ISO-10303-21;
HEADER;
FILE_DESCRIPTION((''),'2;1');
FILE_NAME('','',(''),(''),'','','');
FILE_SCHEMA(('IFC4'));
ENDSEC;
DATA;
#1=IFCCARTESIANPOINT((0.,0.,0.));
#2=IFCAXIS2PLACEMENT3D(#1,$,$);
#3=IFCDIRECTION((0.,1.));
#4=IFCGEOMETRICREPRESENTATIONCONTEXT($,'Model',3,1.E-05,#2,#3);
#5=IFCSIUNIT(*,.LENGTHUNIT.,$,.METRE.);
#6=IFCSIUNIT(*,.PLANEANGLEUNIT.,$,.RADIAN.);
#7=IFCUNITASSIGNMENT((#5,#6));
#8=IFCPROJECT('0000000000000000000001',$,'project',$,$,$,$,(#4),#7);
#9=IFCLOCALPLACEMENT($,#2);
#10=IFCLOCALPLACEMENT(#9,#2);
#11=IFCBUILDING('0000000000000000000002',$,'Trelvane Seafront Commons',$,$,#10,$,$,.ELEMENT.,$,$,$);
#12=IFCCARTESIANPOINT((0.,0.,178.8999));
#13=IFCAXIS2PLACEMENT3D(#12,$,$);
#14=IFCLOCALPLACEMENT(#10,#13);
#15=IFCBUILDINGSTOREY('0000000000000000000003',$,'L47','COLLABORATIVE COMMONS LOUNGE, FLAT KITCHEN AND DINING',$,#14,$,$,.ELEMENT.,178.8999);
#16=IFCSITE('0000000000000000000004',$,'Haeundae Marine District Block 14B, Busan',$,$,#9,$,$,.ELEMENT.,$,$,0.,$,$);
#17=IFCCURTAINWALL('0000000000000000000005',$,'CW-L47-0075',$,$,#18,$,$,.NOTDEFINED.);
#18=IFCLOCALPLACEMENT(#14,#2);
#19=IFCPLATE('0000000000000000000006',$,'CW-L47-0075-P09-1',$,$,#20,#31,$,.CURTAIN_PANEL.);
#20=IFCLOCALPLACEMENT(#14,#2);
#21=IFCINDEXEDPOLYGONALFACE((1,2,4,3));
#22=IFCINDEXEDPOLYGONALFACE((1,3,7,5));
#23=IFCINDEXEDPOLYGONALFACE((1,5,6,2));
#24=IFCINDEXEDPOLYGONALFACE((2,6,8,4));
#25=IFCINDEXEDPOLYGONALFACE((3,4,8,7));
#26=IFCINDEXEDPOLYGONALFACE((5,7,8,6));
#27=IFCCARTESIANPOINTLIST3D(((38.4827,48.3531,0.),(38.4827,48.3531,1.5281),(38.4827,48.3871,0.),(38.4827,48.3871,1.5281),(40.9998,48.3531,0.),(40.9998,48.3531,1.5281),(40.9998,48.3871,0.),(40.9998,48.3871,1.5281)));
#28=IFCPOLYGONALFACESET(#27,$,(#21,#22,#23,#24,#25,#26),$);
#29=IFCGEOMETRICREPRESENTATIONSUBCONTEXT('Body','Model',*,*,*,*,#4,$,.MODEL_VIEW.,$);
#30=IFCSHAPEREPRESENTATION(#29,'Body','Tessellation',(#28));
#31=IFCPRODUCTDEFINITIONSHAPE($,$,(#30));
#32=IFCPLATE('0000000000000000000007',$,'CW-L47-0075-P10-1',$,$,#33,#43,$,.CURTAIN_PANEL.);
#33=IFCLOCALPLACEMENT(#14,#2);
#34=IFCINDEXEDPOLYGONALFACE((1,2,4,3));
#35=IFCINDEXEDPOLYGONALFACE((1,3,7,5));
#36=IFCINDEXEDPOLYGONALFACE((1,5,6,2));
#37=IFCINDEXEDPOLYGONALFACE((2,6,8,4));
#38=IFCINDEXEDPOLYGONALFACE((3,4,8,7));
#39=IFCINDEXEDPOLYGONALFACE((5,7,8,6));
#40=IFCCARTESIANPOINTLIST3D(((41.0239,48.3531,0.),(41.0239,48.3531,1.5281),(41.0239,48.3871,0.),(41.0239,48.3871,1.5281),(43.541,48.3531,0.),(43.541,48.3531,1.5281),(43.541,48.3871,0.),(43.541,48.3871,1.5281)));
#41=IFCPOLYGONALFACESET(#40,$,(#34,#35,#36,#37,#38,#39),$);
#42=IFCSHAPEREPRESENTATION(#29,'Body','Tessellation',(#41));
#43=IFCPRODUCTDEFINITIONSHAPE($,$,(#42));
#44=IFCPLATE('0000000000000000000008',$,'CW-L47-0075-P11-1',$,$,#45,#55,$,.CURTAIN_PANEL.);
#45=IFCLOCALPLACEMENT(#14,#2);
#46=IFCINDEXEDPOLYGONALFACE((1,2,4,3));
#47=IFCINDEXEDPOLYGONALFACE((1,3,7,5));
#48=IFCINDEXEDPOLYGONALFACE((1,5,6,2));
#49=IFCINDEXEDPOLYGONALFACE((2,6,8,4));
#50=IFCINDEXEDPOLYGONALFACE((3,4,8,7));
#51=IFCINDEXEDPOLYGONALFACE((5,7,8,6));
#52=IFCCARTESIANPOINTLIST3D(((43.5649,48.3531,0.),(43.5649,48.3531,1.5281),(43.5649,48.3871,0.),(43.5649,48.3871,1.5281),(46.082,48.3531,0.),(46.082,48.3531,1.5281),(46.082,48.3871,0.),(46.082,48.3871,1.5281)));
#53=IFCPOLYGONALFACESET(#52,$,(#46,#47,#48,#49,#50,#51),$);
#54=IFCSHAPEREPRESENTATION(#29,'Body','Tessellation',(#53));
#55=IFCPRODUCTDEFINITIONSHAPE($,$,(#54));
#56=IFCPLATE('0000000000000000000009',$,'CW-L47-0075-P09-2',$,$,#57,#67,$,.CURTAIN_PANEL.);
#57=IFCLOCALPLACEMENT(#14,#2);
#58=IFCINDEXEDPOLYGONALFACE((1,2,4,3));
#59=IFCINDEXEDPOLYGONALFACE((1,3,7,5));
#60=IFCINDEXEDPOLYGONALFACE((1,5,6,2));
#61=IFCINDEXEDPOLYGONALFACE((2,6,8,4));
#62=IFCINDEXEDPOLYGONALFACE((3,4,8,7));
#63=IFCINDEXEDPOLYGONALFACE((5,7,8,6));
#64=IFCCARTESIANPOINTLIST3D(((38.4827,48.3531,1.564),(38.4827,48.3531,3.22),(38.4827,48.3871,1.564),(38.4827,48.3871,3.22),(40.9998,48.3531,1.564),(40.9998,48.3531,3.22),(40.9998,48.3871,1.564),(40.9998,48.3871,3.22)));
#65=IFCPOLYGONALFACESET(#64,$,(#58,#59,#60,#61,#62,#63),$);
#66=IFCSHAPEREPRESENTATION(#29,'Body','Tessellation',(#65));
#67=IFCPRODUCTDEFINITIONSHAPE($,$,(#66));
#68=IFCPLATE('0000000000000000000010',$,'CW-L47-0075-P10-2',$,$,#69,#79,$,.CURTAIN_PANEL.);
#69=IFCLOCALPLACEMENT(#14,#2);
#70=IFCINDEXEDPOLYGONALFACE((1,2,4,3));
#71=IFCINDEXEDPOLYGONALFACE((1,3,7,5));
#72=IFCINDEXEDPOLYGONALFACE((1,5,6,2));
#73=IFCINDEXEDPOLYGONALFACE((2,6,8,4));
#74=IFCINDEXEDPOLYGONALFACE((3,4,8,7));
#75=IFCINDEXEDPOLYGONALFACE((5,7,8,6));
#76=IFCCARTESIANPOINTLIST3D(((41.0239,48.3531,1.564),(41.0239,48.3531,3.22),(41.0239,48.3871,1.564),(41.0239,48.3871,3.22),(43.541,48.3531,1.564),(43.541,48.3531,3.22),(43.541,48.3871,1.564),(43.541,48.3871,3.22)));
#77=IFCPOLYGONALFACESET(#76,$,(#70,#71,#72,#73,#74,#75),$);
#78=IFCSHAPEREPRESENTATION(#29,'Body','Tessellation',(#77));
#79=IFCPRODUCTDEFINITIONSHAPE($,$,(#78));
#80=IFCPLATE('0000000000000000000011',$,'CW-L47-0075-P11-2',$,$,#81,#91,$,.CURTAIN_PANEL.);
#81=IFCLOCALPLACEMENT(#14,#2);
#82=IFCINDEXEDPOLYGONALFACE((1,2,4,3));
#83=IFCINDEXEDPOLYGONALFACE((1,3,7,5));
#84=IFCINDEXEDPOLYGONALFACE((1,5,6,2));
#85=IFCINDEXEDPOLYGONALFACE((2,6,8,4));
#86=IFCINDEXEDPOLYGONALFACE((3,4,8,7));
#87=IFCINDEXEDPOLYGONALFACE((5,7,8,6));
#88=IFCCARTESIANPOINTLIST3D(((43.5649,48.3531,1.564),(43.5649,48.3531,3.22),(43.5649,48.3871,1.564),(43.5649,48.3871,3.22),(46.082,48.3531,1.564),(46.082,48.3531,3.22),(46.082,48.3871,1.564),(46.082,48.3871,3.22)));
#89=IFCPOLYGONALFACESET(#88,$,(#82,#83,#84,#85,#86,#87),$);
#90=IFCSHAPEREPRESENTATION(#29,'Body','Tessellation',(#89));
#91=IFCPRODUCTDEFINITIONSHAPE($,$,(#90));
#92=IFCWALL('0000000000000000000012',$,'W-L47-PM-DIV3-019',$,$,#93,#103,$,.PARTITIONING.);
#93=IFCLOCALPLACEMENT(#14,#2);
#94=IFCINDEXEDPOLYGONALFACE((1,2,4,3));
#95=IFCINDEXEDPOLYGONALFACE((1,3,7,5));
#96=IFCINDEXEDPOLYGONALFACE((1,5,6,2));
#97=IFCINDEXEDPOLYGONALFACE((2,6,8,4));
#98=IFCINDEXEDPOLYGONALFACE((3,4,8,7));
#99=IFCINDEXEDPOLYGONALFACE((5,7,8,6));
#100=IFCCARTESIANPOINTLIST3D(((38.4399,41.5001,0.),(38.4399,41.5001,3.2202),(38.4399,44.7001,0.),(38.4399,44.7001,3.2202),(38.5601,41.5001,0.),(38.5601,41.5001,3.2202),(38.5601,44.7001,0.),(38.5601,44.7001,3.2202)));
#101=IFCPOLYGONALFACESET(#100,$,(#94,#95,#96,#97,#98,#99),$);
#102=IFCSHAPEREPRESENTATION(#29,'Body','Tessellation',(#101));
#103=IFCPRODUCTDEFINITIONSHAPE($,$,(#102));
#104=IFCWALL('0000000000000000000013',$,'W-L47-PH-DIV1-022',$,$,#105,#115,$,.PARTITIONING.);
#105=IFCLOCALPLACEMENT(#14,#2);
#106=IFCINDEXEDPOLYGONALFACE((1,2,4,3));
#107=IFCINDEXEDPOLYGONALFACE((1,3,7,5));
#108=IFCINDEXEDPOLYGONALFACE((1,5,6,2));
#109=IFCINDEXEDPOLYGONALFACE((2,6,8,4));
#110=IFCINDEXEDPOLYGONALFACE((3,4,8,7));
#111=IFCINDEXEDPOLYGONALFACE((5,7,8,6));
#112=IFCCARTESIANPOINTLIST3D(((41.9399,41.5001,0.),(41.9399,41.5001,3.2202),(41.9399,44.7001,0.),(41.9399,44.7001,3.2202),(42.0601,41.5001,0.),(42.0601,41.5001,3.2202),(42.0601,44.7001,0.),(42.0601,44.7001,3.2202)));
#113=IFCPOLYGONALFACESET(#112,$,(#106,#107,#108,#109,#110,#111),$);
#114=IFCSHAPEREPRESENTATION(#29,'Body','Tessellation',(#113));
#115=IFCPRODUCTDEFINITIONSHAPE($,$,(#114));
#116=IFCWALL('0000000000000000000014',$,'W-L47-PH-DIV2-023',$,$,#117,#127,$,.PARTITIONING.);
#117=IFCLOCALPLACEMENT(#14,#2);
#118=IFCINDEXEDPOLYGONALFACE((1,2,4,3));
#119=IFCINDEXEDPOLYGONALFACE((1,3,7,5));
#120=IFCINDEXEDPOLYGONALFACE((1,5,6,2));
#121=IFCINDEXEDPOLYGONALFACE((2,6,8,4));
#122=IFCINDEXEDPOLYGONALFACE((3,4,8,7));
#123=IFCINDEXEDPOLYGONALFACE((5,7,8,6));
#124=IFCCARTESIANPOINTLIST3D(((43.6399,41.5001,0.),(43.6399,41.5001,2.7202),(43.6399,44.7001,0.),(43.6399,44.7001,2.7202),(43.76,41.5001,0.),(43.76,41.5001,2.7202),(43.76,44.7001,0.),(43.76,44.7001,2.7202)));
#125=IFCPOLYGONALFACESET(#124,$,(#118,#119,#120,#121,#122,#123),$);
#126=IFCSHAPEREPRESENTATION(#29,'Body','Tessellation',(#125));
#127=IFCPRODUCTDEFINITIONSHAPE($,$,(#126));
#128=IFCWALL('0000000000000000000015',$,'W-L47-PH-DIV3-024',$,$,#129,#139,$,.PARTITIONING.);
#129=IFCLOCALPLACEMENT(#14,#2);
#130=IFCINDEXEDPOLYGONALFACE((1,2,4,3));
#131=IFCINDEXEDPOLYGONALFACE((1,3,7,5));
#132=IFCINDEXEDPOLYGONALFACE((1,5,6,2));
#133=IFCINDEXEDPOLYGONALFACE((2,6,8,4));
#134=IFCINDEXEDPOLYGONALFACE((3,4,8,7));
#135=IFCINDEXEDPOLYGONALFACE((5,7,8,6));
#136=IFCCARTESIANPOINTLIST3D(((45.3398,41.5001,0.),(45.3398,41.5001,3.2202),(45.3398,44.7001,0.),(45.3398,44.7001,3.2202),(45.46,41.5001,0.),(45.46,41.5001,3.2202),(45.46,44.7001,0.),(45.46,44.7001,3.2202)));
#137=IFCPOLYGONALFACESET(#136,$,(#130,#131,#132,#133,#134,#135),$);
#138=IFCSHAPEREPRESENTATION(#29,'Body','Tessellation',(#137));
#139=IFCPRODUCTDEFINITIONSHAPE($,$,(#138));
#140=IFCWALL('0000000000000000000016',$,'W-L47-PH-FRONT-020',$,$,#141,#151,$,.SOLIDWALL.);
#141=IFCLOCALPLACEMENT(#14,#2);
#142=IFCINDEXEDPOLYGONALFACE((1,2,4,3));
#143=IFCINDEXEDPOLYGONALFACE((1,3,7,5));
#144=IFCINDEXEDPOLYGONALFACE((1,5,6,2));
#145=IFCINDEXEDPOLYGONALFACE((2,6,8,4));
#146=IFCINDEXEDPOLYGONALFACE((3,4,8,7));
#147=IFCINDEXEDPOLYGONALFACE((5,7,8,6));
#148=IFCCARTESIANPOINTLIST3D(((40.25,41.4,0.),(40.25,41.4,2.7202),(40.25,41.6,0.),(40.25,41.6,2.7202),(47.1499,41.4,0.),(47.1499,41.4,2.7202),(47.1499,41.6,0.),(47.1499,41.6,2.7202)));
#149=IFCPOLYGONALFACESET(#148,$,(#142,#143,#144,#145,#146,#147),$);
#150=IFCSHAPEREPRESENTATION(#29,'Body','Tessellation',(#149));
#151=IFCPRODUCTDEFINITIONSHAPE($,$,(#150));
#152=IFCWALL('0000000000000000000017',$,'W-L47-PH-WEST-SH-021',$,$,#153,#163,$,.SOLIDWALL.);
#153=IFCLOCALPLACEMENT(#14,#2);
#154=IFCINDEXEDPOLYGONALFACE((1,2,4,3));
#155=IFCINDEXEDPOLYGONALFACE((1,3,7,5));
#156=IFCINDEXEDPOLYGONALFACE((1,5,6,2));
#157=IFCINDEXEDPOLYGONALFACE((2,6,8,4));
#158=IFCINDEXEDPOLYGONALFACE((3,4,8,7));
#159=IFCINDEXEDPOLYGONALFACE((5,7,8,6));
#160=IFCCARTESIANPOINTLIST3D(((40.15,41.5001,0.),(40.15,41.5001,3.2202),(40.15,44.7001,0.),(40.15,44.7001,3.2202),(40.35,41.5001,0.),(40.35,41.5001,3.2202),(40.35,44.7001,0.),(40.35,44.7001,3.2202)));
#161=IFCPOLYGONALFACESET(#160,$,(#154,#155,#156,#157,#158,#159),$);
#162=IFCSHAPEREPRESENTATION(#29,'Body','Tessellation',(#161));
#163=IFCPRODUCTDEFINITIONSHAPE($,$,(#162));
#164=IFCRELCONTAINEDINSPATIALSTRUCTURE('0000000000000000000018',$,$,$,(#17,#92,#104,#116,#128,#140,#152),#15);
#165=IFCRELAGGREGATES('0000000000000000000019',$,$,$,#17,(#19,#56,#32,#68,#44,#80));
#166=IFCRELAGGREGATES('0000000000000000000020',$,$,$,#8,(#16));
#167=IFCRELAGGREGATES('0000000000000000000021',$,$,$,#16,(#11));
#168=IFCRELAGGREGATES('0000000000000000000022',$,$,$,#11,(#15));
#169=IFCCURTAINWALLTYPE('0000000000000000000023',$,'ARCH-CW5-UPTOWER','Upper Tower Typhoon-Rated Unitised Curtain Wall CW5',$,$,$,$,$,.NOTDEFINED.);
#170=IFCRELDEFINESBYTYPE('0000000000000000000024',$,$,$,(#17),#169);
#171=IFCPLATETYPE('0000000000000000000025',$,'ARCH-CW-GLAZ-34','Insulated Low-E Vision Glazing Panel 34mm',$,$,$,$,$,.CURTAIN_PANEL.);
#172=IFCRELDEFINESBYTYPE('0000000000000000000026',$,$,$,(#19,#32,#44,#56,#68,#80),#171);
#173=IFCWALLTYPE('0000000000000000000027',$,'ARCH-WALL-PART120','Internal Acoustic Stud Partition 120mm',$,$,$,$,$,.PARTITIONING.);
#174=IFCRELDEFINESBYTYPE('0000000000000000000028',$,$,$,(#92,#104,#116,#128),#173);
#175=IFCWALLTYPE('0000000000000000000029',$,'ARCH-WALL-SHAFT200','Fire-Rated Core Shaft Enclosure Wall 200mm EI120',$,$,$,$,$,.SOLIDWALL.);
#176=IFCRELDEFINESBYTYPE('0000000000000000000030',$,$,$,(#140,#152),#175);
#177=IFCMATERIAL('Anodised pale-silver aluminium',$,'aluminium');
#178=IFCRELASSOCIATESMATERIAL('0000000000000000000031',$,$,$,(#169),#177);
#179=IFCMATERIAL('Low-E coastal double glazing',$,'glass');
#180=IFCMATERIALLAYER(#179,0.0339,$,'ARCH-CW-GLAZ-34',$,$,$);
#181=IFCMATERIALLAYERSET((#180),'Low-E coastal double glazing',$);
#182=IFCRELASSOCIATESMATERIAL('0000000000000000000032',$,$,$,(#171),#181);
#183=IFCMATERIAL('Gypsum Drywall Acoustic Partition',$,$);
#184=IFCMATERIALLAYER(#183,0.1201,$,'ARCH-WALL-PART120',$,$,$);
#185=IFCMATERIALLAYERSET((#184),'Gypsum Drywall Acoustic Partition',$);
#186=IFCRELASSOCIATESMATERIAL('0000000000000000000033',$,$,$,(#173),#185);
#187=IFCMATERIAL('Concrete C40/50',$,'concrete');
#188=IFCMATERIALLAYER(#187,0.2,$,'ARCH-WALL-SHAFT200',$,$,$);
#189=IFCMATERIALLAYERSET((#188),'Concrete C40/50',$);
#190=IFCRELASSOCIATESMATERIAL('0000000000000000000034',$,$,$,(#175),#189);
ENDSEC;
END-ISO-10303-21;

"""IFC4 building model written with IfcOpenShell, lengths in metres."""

from ifc_helpers import new_model, si_unit, direction, frame, frame_2d, origin, origin_2d, place, context, subcontext, project, spatial, rectangle, extrude, source, transform, mapped, material, layer, layer_set, type_object, element, aggregate, save


model = new_model("IFC4")

# Units and contexts
model_context = context("Model", 3, precision=1e-05, world=origin(), true_north=direction((0.0, 1.0)))
body_context = subcontext(model_context, "Body", "Model", "MODEL_VIEW")
ifc_project = project(units=[si_unit("LENGTHUNIT", "METRE"), si_unit("PLANEANGLEUNIT", "RADIAN")], contexts=[model_context])

# Site, building, storey
site_placement = place(None, origin())
site = spatial("IfcSite", under=ifc_project, at=site_placement, Name="Haeundae Marine District Block 14B, Busan", CompositionType="ELEMENT", RefElevation=0.0)
building_placement = place(site_placement, origin())
building = spatial("IfcBuilding", under=site, at=building_placement, Name="Trelvane Seafront Commons", CompositionType="ELEMENT")
storey_placement = place(building_placement, frame((0.0, 0.0, 178.8999)))
storey = spatial("IfcBuildingStorey", under=building, at=storey_placement, Name="L47", Description="COLLABORATIVE COMMONS LOUNGE, FLAT KITCHEN AND DINING", CompositionType="ELEMENT", Elevation=178.8999)

# Curtain wall
ifc_material_1 = material(Name="Anodised pale-silver aluminium", Category="aluminium")
curtain_wall_type = type_object("IfcCurtainWallType", Name="ARCH-CW5-UPTOWER", Description="Upper Tower Typhoon-Rated Unitised Curtain Wall CW5", PredefinedType="NOTDEFINED", material=ifc_material_1)
curtain_wall_placement = place(storey_placement, origin())
curtain_wall = element("IfcCurtainWall", 1, at=curtain_wall_placement, inside=storey, type_object=curtain_wall_type, Name="CW-L47-0075", PredefinedType="NOTDEFINED")

# Plates
ifc_material_2 = material(Name="Low-E coastal double glazing", Category="glass")
ifc_layer_1 = layer(ifc_material_2, 0.0339, Name="ARCH-CW-GLAZ-34")
ifc_layer_set_1 = layer_set([ifc_layer_1], Name="Low-E coastal double glazing")
plate_type_1 = type_object("IfcPlateType", Name="ARCH-CW-GLAZ-34", Description="Insulated Low-E Vision Glazing Panel 34mm", PredefinedType="CURTAIN_PANEL", material=ifc_layer_set_1)
shared_shape_1 = source(origin(), body_context, "Body", "SweptSolid", [
    extrude(rectangle(XDim=2.5171, YDim=0.0339, at=origin_2d()), origin(), (0.0, 0.0, 1.0), 1.5281),
])
plate_1_placement = place(storey_placement, frame((39.7412, 48.3701, 0.0), z_axis=(0.0, 0.0, 1.0), x_axis=(1.0, 0.0, 0.0)))
plate_1 = element("IfcPlate", 2, at=plate_1_placement, type_object=plate_type_1, Name="CW-L47-0075-P09-1", PredefinedType="CURTAIN_PANEL", context=body_context, shape_type="MappedRepresentation", body=[
    mapped(shared_shape_1, transform((0.0, 0.0, 0.0), x_axis=(1.0, 0.0, 0.0), y_axis=(0.0, 1.0, 0.0), z_axis=(0.0, 0.0, 1.0), scale=1.0)),
])
plate_2_placement = place(storey_placement, frame((42.2825, 48.3701, 0.0), z_axis=(0.0, 0.0, 1.0), x_axis=(1.0, 0.0, 0.0)))
plate_2 = element("IfcPlate", 3, at=plate_2_placement, type_object=plate_type_1, Name="CW-L47-0075-P10-1", PredefinedType="CURTAIN_PANEL", context=body_context, shape_type="MappedRepresentation", body=[
    mapped(shared_shape_1, transform((0.0, 0.0, 0.0), x_axis=(1.0, 0.0, 0.0), y_axis=(0.0, 1.0, 0.0), z_axis=(0.0, 0.0, 1.0), scale=1.0)),
])
plate_3_placement = place(storey_placement, frame((44.8235, 48.3701, 0.0), z_axis=(0.0, 0.0, 1.0), x_axis=(1.0, 0.0, 0.0)))
plate_3 = element("IfcPlate", 4, at=plate_3_placement, type_object=plate_type_1, Name="CW-L47-0075-P11-1", PredefinedType="CURTAIN_PANEL", context=body_context, shape_type="MappedRepresentation", body=[
    mapped(shared_shape_1, transform((0.0, 0.0, 0.0), x_axis=(1.0, 0.0, 0.0), y_axis=(0.0, 1.0, 0.0), z_axis=(0.0, 0.0, 1.0), scale=1.0)),
])
shared_shape_2 = source(origin(), body_context, "Body", "SweptSolid", [
    extrude(rectangle(XDim=2.5171, YDim=0.0339, at=origin_2d()), origin(), (0.0, 0.0, 1.0), 1.656),
])
plate_4_placement = place(storey_placement, frame((39.7412, 48.3701, 1.564), z_axis=(0.0, 0.0, 1.0), x_axis=(1.0, 0.0, 0.0)))
plate_4 = element("IfcPlate", 5, at=plate_4_placement, type_object=plate_type_1, Name="CW-L47-0075-P09-2", PredefinedType="CURTAIN_PANEL", context=body_context, shape_type="MappedRepresentation", body=[
    mapped(shared_shape_2, transform((0.0, 0.0, 0.0), x_axis=(1.0, 0.0, 0.0), y_axis=(0.0, 1.0, 0.0), z_axis=(0.0, 0.0, 1.0), scale=1.0)),
])
plate_5_placement = place(storey_placement, frame((42.2825, 48.3701, 1.564), z_axis=(0.0, 0.0, 1.0), x_axis=(1.0, 0.0, 0.0)))
plate_5 = element("IfcPlate", 6, at=plate_5_placement, type_object=plate_type_1, Name="CW-L47-0075-P10-2", PredefinedType="CURTAIN_PANEL", context=body_context, shape_type="MappedRepresentation", body=[
    mapped(shared_shape_2, transform((0.0, 0.0, 0.0), x_axis=(1.0, 0.0, 0.0), y_axis=(0.0, 1.0, 0.0), z_axis=(0.0, 0.0, 1.0), scale=1.0)),
])
plate_6_placement = place(storey_placement, frame((44.8235, 48.3701, 1.564), z_axis=(0.0, 0.0, 1.0), x_axis=(1.0, 0.0, 0.0)))
plate_6 = element("IfcPlate", 7, at=plate_6_placement, type_object=plate_type_1, Name="CW-L47-0075-P11-2", PredefinedType="CURTAIN_PANEL", context=body_context, shape_type="MappedRepresentation", body=[
    mapped(shared_shape_2, transform((0.0, 0.0, 0.0), x_axis=(1.0, 0.0, 0.0), y_axis=(0.0, 1.0, 0.0), z_axis=(0.0, 0.0, 1.0), scale=1.0)),
])
aggregate(curtain_wall, [plate_1, plate_4, plate_2, plate_5, plate_3, plate_6])

# Walls
ifc_material_3 = material(Name="Gypsum Drywall Acoustic Partition")
ifc_layer_2 = layer(ifc_material_3, 0.1201, Name="ARCH-WALL-PART120")
ifc_layer_set_2 = layer_set([ifc_layer_2], Name="Gypsum Drywall Acoustic Partition")
wall_type_1 = type_object("IfcWallType", Name="ARCH-WALL-PART120", Description="Internal Acoustic Stud Partition 120mm", PredefinedType="PARTITIONING", material=ifc_layer_set_2)
for number, where, z_axis, x_axis, name in (
    (8, (38.5, 41.5, 0.0), (0.0, 0.0, 1.0), (0.0, 1.0, 0.0), "W-L47-PM-DIV3-019"),
    (9, (42.0, 41.5, 0.0), (0.0, 0.0, 1.0), (0.0, 1.0, 0.0), "W-L47-PH-DIV1-022"),
):
    element("IfcWall", number, at=place(storey_placement, frame(where, z_axis=z_axis, x_axis=x_axis)), inside=storey, type_object=wall_type_1, Name=name, PredefinedType="PARTITIONING", context=body_context, shape_type="SweptSolid", body=[
        extrude(rectangle(XDim=3.2, YDim=0.1201, at=frame_2d((1.6001, 0.0))), origin(), (0.0, 0.0, 1.0), 3.2202),
    ])
wall_1_placement = place(storey_placement, frame((43.7, 41.5, 0.0), z_axis=(0.0, 0.0, 1.0), x_axis=(0.0, 1.0, 0.0)))
element("IfcWall", 10, at=wall_1_placement, inside=storey, type_object=wall_type_1, Name="W-L47-PH-DIV2-023", PredefinedType="PARTITIONING", context=body_context, shape_type="SweptSolid", body=[
    extrude(rectangle(XDim=3.2, YDim=0.1201, at=frame_2d((1.6001, 0.0))), origin(), (0.0, 0.0, 1.0), 2.7202),
])
wall_2_placement = place(storey_placement, frame((45.3999, 41.5, 0.0), z_axis=(0.0, 0.0, 1.0), x_axis=(0.0, 1.0, 0.0)))
element("IfcWall", 11, at=wall_2_placement, inside=storey, type_object=wall_type_1, Name="W-L47-PH-DIV3-024", PredefinedType="PARTITIONING", context=body_context, shape_type="SweptSolid", body=[
    extrude(rectangle(XDim=3.2, YDim=0.1201, at=frame_2d((1.6001, 0.0))), origin(), (0.0, 0.0, 1.0), 3.2202),
])
ifc_material_4 = material(Name="Concrete C40/50", Category="concrete")
ifc_layer_3 = layer(ifc_material_4, 0.2, Name="ARCH-WALL-SHAFT200")
ifc_layer_set_3 = layer_set([ifc_layer_3], Name="Concrete C40/50")
wall_type_2 = type_object("IfcWallType", Name="ARCH-WALL-SHAFT200", Description="Fire-Rated Core Shaft Enclosure Wall 200mm EI120", PredefinedType="SOLIDWALL", material=ifc_layer_set_3)
wall_3_placement = place(storey_placement, frame((40.25, 41.5, 0.0), z_axis=(0.0, 0.0, 1.0), x_axis=(1.0, 0.0, 0.0)))
element("IfcWall", 12, at=wall_3_placement, inside=storey, type_object=wall_type_2, Name="W-L47-PH-FRONT-020", PredefinedType="SOLIDWALL", context=body_context, shape_type="SweptSolid", body=[
    extrude(rectangle(XDim=6.8999, YDim=0.2, at=frame_2d((3.45, 0.0))), origin(), (0.0, 0.0, 1.0), 2.7202),
])
wall_4_placement = place(storey_placement, frame((40.25, 41.5, 0.0), z_axis=(0.0, 0.0, 1.0), x_axis=(0.0, 1.0, 0.0)))
element("IfcWall", 13, at=wall_4_placement, inside=storey, type_object=wall_type_2, Name="W-L47-PH-WEST-SH-021", PredefinedType="SOLIDWALL", context=body_context, shape_type="SweptSolid", body=[
    extrude(rectangle(XDim=3.2, YDim=0.2, at=frame_2d((1.6001, 0.0))), origin(), (0.0, 0.0, 1.0), 3.2202),
])

save(model, "model.ifc")
